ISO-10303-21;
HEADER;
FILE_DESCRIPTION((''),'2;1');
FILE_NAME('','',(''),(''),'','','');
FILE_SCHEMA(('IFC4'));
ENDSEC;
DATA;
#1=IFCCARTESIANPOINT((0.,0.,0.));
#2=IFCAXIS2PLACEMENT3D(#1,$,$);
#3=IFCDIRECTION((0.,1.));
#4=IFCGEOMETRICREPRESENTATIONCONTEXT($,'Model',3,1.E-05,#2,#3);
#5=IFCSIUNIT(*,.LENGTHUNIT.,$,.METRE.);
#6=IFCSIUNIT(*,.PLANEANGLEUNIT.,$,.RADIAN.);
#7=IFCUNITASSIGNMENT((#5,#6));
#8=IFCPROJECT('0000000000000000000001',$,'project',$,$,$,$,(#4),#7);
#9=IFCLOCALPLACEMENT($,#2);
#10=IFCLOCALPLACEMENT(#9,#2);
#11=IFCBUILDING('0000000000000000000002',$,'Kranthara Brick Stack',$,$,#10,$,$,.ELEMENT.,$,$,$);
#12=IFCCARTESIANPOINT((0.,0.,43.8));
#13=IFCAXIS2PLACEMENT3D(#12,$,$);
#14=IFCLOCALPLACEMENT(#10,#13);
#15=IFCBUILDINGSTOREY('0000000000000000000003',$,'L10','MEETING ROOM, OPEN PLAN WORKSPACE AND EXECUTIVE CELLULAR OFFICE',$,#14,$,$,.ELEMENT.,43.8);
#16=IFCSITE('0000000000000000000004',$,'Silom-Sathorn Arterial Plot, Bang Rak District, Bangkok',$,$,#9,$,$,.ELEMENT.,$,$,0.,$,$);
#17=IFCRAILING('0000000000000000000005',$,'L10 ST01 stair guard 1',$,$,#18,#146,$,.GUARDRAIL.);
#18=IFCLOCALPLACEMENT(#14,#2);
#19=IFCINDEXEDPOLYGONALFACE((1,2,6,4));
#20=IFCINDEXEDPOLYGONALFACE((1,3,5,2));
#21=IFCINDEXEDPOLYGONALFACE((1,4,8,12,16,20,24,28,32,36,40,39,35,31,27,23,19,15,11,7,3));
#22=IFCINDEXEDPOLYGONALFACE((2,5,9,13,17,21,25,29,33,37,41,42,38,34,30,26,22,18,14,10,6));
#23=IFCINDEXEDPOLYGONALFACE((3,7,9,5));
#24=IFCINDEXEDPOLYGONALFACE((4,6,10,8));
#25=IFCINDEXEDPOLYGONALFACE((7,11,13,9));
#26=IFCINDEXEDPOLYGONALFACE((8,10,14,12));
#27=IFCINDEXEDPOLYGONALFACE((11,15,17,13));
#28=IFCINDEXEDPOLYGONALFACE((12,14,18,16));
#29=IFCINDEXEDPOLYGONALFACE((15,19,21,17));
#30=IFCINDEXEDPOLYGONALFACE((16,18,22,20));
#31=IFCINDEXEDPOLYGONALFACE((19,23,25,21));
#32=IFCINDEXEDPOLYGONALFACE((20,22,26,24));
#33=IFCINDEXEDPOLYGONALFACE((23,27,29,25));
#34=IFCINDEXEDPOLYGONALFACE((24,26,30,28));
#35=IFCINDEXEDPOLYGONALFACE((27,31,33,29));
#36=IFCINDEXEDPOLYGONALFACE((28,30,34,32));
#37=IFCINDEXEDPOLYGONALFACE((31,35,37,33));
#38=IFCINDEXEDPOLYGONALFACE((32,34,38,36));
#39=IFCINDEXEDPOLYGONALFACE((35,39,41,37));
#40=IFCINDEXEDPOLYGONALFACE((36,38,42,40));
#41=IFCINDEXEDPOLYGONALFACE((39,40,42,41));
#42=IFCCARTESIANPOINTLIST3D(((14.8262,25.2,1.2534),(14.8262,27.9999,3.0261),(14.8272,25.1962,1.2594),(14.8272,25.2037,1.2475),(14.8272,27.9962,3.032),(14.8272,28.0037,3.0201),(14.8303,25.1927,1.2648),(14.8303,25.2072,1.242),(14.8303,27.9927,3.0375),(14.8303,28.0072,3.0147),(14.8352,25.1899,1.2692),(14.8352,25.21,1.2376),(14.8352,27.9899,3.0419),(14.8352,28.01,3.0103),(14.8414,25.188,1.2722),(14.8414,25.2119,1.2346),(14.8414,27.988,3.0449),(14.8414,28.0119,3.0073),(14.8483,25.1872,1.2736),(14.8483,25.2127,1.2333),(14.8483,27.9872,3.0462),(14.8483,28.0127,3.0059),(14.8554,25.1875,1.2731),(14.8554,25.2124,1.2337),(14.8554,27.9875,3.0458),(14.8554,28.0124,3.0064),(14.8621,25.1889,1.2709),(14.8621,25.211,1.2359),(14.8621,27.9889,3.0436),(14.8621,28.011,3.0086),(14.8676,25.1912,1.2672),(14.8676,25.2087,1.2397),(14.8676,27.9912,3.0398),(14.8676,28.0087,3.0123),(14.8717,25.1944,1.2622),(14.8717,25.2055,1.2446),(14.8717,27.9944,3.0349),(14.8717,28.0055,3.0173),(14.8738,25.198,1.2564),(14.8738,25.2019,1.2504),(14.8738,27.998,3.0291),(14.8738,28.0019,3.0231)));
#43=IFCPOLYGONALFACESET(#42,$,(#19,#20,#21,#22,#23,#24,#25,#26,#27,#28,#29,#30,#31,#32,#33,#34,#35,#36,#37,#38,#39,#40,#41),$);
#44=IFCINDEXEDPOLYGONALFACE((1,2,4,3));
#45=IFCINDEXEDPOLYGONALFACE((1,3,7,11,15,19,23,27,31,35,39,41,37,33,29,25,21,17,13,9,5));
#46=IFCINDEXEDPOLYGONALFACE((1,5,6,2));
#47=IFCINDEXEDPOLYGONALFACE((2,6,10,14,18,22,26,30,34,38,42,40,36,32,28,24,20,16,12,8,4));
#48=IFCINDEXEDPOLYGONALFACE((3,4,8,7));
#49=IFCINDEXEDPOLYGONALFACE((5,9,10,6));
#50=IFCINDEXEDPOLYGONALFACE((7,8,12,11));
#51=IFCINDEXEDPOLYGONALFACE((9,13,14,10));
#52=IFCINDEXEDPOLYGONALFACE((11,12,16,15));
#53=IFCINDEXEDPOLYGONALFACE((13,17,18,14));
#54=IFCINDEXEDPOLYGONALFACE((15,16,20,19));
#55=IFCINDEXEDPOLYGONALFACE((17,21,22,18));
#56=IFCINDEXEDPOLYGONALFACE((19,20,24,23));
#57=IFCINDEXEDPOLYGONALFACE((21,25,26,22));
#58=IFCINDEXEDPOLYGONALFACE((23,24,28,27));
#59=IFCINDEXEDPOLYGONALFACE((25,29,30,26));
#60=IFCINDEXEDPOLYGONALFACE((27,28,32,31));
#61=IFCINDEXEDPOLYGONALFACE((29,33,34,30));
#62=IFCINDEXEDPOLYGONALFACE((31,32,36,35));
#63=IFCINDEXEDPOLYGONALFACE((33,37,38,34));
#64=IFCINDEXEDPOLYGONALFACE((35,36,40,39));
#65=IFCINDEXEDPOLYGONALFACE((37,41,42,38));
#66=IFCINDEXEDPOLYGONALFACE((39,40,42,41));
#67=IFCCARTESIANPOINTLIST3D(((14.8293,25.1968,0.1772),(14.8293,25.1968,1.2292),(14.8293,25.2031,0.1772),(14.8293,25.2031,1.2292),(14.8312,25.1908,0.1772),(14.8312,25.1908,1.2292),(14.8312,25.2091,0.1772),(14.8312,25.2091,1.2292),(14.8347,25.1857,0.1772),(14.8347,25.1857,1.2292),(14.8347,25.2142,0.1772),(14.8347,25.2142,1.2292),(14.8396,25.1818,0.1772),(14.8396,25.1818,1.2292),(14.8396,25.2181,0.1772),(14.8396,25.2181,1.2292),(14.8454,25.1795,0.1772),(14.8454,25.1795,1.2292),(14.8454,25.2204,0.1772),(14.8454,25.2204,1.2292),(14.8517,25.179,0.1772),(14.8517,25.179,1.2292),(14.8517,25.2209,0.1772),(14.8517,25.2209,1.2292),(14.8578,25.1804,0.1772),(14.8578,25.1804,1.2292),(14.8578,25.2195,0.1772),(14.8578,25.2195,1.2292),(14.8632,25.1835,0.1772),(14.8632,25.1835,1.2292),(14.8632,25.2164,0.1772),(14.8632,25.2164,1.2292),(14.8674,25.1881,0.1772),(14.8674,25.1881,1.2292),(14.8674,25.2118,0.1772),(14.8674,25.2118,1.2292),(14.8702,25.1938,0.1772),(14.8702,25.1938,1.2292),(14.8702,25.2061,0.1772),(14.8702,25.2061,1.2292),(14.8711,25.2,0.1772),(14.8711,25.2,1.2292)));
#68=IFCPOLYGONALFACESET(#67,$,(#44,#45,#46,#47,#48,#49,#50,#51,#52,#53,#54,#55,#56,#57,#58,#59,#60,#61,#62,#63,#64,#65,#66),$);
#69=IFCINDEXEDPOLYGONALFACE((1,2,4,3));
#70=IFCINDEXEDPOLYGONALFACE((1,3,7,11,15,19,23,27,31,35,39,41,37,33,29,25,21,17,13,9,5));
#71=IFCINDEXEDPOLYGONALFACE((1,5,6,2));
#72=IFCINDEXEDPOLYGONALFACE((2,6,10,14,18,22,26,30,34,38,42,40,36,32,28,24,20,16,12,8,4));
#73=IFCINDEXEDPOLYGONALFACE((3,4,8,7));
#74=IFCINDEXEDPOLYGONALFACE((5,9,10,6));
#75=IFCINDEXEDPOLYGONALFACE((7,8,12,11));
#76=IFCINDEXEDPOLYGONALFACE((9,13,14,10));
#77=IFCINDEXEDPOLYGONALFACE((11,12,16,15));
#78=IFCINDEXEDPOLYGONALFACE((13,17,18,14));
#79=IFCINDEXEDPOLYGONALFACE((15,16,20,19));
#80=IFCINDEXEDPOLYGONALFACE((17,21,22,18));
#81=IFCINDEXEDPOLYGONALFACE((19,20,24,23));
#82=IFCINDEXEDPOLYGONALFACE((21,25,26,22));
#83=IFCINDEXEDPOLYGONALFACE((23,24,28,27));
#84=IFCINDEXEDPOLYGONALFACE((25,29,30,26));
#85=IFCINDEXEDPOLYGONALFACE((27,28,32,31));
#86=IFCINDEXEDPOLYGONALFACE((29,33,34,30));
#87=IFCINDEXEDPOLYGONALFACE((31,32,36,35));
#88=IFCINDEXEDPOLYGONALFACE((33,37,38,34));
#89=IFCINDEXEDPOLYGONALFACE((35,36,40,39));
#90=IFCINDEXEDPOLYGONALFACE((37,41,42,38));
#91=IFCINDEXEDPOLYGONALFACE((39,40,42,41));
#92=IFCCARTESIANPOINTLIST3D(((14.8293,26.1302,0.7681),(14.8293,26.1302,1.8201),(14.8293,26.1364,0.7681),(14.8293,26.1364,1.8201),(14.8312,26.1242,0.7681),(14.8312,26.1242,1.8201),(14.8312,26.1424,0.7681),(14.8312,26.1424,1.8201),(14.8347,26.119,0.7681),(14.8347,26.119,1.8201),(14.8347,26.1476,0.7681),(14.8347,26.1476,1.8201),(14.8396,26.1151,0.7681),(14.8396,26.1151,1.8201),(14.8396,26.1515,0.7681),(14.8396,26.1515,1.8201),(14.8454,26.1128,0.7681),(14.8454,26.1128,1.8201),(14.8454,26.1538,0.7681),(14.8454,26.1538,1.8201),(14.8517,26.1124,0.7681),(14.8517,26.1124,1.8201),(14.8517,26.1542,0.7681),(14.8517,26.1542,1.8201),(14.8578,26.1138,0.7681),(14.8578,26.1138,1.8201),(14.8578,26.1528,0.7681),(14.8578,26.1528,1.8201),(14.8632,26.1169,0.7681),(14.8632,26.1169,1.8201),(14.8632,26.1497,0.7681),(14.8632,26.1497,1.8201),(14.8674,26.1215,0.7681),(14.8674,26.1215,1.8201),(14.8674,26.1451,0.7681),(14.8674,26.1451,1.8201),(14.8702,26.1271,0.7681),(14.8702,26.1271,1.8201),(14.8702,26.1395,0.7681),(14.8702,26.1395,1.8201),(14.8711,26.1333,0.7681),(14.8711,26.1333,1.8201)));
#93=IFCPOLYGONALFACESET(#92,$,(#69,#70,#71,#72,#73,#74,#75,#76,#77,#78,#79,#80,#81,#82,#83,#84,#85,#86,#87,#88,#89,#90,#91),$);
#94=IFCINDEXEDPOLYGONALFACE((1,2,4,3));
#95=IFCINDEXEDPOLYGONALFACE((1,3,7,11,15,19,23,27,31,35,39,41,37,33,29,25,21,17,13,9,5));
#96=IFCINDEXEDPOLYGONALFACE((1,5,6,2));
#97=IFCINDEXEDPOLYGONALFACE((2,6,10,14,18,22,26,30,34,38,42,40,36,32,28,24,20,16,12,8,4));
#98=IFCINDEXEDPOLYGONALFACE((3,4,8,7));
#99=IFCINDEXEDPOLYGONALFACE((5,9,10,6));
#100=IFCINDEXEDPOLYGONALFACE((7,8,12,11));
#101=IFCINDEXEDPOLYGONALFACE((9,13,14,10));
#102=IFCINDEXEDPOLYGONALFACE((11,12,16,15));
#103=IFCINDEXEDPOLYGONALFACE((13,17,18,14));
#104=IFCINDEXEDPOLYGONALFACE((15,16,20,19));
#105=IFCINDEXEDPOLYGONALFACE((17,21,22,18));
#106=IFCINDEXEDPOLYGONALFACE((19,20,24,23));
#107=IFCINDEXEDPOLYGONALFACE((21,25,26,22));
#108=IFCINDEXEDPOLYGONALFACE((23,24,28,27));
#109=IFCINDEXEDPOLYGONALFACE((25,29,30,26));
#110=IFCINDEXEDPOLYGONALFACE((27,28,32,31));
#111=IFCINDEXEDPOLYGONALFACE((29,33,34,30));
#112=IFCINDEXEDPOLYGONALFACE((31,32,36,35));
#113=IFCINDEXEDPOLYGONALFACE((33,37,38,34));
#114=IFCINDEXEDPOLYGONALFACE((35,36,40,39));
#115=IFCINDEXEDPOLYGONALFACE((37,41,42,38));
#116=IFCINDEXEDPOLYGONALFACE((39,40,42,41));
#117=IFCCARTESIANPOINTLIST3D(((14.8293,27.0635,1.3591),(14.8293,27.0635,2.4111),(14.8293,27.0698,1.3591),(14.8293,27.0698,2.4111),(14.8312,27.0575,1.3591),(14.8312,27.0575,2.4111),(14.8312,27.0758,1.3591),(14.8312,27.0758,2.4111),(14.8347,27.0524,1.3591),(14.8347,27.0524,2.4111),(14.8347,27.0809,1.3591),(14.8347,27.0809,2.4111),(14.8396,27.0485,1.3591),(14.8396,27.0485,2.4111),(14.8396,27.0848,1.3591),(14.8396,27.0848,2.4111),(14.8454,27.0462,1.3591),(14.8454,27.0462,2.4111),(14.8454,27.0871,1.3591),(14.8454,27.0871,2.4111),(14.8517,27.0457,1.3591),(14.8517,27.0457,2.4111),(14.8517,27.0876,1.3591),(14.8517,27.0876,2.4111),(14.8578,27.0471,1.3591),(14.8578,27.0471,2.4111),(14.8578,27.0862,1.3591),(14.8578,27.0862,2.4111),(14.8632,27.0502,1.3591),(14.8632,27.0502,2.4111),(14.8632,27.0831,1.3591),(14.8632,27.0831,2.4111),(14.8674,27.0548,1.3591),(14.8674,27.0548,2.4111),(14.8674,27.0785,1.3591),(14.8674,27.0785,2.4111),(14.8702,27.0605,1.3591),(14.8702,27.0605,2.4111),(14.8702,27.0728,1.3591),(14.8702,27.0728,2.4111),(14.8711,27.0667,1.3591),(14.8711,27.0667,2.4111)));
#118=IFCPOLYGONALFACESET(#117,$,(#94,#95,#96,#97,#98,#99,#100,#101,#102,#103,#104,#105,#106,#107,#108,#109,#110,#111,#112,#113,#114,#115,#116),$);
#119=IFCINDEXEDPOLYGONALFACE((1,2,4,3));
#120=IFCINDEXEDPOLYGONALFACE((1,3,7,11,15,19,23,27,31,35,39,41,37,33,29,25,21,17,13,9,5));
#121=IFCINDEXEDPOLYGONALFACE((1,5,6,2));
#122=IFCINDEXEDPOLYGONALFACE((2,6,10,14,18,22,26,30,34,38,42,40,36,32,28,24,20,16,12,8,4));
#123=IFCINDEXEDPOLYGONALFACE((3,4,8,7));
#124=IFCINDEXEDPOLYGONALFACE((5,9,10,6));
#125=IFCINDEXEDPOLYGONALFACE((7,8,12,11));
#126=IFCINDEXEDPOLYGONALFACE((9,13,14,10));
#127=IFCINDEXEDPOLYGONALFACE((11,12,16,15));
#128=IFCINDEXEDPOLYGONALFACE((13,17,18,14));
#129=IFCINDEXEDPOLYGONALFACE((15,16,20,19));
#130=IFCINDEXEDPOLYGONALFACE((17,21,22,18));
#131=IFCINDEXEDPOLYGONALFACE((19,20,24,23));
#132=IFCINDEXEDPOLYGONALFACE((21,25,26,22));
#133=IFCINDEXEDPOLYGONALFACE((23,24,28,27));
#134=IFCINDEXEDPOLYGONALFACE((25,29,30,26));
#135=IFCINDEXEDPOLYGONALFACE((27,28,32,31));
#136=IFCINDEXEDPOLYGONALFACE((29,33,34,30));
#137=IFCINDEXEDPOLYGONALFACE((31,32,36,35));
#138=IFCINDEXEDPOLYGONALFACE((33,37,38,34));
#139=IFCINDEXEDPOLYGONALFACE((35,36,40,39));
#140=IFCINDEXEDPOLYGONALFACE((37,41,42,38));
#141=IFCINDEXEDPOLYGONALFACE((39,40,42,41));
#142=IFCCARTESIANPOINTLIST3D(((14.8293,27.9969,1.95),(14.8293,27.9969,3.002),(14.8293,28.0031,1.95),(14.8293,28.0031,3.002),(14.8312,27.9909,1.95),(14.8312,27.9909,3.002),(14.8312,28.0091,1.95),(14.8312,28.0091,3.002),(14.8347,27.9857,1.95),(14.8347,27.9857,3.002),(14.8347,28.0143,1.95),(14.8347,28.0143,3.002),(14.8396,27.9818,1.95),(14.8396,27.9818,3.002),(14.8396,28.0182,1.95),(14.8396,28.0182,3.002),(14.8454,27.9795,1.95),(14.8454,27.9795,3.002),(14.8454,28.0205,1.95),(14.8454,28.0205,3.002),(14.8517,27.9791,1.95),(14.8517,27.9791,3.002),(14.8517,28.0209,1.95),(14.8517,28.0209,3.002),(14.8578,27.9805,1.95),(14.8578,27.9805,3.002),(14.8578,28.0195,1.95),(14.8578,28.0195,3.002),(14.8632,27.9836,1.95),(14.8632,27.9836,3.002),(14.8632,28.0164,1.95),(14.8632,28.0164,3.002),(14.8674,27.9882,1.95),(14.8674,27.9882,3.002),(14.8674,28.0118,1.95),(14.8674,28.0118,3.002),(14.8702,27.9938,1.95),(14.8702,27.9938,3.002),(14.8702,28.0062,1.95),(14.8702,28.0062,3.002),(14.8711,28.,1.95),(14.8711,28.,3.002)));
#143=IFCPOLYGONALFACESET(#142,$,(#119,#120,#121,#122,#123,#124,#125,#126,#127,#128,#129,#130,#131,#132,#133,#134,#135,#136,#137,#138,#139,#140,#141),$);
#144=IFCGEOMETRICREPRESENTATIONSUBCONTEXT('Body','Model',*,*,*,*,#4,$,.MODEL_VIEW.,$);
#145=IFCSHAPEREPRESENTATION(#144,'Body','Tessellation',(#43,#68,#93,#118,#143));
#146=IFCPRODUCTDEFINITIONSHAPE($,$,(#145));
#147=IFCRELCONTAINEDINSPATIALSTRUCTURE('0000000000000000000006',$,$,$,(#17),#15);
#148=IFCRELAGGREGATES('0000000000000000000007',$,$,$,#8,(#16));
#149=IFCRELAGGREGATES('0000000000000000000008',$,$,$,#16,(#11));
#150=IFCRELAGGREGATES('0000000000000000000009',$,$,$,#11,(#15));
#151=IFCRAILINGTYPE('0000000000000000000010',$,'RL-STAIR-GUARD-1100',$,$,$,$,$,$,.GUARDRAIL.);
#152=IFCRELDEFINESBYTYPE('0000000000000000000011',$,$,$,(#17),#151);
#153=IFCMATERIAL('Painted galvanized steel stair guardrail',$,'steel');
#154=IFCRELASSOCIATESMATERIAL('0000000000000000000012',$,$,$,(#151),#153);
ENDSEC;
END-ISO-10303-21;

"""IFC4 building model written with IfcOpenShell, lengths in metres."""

from ifc_helpers import new_model, si_unit, direction, frame, origin, origin_2d, place, context, subcontext, project, spatial, circle, extrude, material, type_object, element, save


model = new_model("IFC4")

# Units and contexts
model_context = context("Model", 3, precision=1e-05, world=origin(), true_north=direction((0.0, 1.0)))
body_context = subcontext(model_context, "Body", "Model", "MODEL_VIEW")
ifc_project = project(units=[si_unit("LENGTHUNIT", "METRE"), si_unit("PLANEANGLEUNIT", "RADIAN")], contexts=[model_context])

# Site, building, storey
site_placement = place(None, origin())
site = spatial("IfcSite", under=ifc_project, at=site_placement, Name="Silom-Sathorn Arterial Plot, Bang Rak District, Bangkok", CompositionType="ELEMENT", RefElevation=0.0)
building_placement = place(site_placement, origin())
building = spatial("IfcBuilding", under=site, at=building_placement, Name="Kranthara Brick Stack", CompositionType="ELEMENT")
storey_placement = place(building_placement, frame((0.0, 0.0, 43.8)))
storey = spatial("IfcBuildingStorey", under=building, at=storey_placement, Name="L10", Description="MEETING ROOM, OPEN PLAN WORKSPACE AND EXECUTIVE CELLULAR OFFICE", CompositionType="ELEMENT", Elevation=43.8)

# Railing
ifc_material_1 = material(Name="Painted galvanized steel stair guardrail", Category="steel")
railing_type_1 = type_object("IfcRailingType", Name="RL-STAIR-GUARD-1100", PredefinedType="GUARDRAIL", material=ifc_material_1)
railing_1_placement = place(storey_placement, frame((14.8501, 25.2, 0.1772)))
element("IfcRailing", 1, at=railing_1_placement, inside=storey, type_object=railing_type_1, Name="L10 ST01 stair guard 1", PredefinedType="GUARDRAIL", context=body_context, shape_type="SweptSolid", body=[
    extrude(circle(Radius=0.0239, at=origin_2d()), frame((0.0, 0.0, 1.0762), z_axis=(0.0, 0.844909, 0.53491), x_axis=(-1.0, 0.0, 0.0)), (0.0, 0.0, 1.0), 3.314),
    extrude(circle(Radius=0.021, at=origin_2d()), origin(), (0.0, 0.0, 1.0), 1.052),
    extrude(circle(Radius=0.021, at=origin_2d()), frame((0.0, 0.9333, 0.5908)), (0.0, 0.0, 1.0), 1.052),
    extrude(circle(Radius=0.021, at=origin_2d()), frame((0.0, 1.8667, 1.1819)), (0.0, 0.0, 1.0), 1.052),
    extrude(circle(Radius=0.021, at=origin_2d()), frame((0.0, 2.8, 1.7727)), (0.0, 0.0, 1.0), 1.052),
])

save(model, "model.ifc")
